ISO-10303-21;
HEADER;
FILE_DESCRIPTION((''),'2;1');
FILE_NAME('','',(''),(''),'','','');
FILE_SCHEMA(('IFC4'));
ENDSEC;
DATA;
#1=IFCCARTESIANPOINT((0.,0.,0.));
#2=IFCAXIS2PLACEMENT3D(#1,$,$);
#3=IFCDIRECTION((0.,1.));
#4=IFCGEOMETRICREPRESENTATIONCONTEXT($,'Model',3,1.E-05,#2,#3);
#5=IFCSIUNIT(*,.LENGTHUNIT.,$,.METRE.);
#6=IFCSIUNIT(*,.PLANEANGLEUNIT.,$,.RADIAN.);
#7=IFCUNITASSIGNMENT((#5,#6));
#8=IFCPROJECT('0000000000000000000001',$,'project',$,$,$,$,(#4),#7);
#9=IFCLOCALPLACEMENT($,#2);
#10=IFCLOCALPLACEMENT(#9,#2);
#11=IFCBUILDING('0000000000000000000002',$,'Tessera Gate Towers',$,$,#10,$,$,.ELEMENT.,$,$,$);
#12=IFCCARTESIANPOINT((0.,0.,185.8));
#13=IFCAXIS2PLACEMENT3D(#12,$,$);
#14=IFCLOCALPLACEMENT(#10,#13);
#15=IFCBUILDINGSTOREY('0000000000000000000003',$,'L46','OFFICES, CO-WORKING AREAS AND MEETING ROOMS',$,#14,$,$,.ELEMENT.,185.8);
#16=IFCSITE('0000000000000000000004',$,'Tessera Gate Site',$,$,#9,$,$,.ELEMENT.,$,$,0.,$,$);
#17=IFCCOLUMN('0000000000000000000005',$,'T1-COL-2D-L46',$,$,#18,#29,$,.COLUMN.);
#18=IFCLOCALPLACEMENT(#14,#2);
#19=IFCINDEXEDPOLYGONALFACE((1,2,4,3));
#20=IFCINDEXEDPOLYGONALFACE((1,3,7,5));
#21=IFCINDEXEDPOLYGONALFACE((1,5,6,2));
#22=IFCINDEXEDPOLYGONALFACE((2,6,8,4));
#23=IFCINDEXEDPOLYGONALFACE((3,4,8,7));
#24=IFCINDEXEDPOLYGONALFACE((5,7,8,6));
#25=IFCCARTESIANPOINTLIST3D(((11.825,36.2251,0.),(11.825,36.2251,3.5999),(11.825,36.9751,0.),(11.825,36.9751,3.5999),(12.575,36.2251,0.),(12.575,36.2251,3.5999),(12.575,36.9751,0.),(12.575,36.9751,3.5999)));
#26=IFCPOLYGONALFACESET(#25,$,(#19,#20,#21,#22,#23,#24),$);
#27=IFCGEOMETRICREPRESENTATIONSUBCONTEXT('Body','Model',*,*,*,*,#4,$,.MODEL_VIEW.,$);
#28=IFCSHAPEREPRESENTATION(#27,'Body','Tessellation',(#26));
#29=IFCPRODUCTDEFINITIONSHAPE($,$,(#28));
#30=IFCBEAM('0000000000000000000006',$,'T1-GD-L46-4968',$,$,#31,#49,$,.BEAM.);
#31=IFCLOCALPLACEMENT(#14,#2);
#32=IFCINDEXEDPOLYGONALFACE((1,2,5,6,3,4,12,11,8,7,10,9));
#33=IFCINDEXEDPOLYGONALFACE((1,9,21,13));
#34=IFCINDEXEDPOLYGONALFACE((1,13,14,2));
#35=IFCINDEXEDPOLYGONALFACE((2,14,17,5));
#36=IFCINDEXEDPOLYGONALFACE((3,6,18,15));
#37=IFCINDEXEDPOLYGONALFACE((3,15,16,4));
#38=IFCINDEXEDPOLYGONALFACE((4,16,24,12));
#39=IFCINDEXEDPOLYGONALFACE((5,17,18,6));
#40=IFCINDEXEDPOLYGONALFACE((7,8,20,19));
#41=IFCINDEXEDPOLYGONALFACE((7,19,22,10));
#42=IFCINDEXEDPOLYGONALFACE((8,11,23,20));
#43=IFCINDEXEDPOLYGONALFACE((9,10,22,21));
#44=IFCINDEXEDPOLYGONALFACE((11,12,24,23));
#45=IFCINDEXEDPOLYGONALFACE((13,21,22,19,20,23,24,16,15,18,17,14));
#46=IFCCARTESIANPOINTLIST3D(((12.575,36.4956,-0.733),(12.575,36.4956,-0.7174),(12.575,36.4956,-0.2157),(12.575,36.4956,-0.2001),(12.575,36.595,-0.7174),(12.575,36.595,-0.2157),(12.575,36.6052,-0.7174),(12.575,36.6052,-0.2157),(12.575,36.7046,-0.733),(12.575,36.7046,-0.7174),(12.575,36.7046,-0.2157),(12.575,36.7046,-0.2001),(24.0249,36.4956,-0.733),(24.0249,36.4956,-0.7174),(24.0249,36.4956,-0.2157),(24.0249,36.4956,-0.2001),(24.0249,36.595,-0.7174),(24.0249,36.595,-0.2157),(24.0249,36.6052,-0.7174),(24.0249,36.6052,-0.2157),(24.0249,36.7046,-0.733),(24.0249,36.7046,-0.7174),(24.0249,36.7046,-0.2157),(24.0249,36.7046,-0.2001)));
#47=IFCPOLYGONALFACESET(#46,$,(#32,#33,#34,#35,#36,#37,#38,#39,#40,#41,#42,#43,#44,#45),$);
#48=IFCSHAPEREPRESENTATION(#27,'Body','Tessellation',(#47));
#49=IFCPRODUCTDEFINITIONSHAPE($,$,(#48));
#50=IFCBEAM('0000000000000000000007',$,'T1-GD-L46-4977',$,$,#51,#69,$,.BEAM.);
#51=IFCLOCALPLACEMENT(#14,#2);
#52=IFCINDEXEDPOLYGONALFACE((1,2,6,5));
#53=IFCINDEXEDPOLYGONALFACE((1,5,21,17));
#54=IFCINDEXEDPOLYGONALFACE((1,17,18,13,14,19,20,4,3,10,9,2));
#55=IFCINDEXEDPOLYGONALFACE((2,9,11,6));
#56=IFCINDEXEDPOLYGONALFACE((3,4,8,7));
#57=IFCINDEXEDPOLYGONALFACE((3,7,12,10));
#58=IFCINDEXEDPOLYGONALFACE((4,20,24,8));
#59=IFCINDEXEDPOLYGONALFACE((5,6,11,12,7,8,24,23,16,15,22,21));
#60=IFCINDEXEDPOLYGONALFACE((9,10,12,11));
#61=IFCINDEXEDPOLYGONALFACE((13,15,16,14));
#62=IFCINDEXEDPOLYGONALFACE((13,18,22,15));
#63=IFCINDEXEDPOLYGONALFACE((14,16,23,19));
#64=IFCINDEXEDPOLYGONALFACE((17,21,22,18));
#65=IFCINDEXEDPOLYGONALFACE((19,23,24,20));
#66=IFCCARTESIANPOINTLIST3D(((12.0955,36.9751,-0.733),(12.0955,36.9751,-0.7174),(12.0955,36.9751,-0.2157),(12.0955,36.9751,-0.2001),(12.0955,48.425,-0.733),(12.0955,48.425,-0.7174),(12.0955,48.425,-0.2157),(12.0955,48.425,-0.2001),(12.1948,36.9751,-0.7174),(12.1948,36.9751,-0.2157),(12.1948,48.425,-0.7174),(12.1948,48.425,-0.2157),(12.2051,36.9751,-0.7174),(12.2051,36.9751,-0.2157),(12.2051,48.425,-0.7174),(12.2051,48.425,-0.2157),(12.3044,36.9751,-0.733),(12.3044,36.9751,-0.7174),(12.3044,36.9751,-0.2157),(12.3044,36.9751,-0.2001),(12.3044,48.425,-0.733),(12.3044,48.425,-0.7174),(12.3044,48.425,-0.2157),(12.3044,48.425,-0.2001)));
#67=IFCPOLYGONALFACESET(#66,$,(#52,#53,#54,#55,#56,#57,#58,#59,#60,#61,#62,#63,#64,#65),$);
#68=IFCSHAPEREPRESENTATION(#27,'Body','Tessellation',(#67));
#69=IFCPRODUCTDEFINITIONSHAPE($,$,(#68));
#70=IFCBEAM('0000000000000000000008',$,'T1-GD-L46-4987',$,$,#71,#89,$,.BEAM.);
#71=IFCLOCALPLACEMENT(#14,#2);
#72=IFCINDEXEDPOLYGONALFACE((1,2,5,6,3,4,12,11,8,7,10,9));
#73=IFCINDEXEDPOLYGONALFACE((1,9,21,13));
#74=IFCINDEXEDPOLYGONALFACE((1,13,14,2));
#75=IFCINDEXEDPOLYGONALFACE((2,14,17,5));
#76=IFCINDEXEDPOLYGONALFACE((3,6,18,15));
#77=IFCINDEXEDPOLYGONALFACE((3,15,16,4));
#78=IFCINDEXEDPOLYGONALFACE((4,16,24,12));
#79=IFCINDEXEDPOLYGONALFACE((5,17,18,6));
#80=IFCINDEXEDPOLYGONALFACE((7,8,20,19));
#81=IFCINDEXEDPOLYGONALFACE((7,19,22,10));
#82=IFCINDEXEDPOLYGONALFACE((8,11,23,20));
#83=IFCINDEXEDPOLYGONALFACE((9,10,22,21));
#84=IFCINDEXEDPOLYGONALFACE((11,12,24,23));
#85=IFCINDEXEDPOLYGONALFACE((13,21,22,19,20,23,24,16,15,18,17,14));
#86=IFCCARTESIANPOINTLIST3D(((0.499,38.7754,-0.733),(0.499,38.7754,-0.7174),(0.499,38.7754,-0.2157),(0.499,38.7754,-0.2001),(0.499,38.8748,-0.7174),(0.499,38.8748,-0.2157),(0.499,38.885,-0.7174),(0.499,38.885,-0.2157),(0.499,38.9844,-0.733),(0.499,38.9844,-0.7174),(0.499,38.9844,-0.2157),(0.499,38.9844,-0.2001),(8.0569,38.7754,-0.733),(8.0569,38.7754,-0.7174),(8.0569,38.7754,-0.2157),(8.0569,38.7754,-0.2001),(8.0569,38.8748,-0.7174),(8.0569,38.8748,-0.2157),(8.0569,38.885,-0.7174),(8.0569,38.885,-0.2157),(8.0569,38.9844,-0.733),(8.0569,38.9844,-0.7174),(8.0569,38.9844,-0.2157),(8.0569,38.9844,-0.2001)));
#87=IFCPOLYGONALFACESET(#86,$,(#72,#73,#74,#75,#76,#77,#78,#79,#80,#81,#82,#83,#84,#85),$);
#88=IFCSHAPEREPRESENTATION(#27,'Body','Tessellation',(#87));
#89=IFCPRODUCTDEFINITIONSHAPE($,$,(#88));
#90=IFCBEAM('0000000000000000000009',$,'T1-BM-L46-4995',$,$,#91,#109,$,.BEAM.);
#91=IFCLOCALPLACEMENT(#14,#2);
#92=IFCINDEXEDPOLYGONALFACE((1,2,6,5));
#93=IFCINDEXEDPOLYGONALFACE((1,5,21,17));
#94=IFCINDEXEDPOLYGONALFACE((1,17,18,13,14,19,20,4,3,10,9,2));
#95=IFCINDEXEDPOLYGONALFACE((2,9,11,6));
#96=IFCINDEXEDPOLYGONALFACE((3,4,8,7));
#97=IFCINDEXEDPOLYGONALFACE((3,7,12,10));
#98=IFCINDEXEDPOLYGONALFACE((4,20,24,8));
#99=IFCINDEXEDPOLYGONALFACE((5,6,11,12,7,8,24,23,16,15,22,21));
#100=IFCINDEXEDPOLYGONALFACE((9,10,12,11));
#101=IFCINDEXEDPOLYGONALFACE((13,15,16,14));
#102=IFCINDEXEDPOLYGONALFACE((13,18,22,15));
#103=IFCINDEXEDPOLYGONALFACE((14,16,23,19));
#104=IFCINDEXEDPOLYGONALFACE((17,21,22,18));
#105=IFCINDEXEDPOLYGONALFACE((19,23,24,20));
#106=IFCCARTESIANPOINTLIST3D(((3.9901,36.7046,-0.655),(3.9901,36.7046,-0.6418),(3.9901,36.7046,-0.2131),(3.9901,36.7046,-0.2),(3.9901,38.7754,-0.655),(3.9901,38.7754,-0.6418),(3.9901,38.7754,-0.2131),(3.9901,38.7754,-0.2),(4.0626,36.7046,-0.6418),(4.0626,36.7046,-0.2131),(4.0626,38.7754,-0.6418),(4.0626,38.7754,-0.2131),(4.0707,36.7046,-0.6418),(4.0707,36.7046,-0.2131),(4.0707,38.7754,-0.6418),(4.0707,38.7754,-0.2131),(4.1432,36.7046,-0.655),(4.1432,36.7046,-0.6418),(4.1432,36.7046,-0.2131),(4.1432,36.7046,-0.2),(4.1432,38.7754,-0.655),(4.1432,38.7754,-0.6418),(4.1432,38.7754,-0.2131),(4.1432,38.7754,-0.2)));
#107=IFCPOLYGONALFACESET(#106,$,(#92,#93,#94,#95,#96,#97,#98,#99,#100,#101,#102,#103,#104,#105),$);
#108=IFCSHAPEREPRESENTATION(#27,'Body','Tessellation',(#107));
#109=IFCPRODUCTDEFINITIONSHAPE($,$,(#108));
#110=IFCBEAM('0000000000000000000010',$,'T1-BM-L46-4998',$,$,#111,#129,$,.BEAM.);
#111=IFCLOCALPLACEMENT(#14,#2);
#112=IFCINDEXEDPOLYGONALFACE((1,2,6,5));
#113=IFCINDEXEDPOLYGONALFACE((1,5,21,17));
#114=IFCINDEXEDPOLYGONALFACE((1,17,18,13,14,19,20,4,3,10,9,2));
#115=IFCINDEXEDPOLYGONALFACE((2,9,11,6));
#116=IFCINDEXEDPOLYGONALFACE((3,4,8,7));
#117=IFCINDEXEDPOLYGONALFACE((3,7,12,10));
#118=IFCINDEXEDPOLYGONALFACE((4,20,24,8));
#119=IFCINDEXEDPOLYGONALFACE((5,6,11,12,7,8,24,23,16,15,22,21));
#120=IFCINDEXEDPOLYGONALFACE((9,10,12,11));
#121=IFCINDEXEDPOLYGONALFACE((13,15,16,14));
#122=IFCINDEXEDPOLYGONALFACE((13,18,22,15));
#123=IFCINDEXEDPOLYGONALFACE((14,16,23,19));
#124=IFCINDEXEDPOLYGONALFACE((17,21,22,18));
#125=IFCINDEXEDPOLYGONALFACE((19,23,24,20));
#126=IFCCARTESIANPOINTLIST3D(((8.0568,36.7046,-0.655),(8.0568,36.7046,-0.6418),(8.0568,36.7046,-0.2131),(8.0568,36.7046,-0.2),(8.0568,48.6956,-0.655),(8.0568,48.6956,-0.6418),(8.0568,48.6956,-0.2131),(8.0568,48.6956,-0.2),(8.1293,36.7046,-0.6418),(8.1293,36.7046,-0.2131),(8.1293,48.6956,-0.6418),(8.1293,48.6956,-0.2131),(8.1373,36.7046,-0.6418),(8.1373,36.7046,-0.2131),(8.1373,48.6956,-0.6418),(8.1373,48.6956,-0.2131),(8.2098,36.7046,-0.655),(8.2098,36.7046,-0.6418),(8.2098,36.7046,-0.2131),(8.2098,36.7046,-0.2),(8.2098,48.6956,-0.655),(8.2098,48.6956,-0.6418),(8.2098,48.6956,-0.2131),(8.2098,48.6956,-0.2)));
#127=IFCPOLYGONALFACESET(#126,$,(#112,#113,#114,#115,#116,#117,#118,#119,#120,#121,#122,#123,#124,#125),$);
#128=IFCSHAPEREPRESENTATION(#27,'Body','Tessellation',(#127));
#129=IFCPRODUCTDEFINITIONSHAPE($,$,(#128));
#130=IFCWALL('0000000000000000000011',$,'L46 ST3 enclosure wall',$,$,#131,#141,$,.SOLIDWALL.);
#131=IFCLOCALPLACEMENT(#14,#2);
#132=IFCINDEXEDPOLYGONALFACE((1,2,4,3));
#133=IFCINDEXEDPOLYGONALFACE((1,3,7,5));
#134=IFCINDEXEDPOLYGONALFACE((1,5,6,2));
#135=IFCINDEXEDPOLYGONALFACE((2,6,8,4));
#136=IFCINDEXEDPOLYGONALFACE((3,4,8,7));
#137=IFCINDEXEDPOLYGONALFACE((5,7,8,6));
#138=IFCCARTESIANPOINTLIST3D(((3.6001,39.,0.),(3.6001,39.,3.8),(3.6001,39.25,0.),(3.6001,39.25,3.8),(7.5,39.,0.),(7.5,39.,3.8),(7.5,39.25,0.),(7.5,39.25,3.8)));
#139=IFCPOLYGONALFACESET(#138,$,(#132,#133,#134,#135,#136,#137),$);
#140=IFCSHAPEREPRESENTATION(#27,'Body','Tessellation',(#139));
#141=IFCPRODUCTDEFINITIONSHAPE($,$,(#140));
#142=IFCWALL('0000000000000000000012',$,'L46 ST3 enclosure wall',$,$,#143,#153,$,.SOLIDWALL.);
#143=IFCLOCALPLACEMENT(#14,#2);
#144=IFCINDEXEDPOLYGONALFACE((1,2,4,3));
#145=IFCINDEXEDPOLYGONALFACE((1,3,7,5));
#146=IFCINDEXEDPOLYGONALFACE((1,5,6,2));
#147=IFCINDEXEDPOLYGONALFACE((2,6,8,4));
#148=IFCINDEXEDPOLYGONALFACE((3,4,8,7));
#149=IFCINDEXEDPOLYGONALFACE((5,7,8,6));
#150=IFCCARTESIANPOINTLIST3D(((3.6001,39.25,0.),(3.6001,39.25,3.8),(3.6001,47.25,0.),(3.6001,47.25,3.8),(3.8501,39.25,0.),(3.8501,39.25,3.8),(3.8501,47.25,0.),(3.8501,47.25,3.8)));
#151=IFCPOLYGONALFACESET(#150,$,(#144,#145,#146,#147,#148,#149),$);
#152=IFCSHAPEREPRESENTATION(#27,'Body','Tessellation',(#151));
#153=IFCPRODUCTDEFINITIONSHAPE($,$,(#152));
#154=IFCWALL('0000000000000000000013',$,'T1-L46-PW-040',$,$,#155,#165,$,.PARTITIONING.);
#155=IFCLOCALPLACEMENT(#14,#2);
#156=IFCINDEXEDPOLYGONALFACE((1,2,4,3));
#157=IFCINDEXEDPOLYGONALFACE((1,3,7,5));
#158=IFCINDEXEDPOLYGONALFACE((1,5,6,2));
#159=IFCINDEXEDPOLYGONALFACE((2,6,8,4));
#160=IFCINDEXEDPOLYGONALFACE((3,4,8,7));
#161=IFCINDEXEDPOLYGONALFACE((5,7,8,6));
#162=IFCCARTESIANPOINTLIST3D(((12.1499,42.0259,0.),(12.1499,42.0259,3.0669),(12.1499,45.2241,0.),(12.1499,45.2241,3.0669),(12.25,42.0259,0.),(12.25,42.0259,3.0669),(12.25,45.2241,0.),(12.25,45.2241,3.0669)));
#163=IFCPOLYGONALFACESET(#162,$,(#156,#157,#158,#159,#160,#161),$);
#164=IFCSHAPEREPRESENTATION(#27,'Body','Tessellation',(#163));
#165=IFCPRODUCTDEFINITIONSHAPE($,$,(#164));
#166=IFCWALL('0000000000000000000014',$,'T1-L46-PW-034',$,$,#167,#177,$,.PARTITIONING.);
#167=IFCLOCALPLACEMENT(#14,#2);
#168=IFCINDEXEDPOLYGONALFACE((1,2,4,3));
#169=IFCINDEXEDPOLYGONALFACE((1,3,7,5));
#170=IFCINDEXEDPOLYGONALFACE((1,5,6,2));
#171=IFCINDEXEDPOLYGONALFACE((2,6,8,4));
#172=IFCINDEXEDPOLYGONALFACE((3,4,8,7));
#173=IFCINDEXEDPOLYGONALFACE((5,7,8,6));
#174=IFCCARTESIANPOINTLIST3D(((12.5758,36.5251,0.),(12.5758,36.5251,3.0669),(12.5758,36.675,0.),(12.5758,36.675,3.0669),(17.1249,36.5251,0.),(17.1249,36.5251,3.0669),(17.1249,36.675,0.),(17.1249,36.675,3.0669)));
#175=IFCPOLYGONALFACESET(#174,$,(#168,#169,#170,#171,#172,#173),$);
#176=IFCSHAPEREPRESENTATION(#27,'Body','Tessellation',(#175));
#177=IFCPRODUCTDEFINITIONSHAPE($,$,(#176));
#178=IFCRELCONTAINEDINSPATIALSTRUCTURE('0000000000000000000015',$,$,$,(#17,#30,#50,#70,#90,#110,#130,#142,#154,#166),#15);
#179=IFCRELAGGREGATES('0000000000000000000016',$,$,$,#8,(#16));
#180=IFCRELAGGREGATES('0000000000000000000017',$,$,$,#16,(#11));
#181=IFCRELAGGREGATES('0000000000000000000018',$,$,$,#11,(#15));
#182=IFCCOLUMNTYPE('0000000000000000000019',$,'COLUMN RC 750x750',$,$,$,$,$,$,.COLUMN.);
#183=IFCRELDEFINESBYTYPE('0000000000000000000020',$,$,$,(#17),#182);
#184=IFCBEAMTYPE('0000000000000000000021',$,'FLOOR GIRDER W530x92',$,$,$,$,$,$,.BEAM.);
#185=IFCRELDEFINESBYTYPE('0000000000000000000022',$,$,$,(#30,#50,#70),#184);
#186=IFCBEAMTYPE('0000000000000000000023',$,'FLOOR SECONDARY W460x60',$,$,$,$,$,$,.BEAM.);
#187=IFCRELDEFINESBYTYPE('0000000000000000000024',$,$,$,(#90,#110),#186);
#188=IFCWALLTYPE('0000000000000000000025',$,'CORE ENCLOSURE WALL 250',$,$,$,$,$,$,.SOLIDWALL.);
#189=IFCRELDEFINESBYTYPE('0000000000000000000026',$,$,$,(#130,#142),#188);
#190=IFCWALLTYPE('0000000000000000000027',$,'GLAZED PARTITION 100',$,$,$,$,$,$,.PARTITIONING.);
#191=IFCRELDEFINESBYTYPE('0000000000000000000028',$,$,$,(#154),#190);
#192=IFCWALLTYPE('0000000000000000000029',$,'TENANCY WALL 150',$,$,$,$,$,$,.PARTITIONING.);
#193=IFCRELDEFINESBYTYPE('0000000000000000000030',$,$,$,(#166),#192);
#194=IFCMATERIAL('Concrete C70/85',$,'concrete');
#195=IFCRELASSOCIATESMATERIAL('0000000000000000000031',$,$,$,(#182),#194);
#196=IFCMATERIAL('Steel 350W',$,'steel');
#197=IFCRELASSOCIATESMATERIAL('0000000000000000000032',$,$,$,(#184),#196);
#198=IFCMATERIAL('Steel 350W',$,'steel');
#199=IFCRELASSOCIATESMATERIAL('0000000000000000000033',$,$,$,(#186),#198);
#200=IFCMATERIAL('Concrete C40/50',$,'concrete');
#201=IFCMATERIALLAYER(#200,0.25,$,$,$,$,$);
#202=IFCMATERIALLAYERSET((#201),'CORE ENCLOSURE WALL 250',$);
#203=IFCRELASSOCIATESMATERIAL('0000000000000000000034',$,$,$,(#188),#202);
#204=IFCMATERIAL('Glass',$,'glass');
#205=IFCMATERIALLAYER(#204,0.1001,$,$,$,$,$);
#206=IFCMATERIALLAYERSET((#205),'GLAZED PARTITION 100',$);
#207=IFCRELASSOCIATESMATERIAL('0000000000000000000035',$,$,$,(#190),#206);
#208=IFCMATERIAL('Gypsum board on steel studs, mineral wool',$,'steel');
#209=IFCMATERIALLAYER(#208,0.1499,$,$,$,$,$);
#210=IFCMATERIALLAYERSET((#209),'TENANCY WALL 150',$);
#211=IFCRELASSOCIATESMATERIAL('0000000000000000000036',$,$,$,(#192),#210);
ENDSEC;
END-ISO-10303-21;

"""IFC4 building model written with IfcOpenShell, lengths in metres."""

from ifc_helpers import new_model, si_unit, direction, frame, frame_2d, origin, origin_2d, place, context, subcontext, project, spatial, rectangle, i_section, extrude, material, layer, layer_set, material_profile, profile_set, type_object, element, save


model = new_model("IFC4")

# Units and contexts
model_context = context("Model", 3, precision=1e-05, world=origin(), true_north=direction((0.0, 1.0)))
body_context = subcontext(model_context, "Body", "Model", "MODEL_VIEW")
ifc_project = project(units=[si_unit("LENGTHUNIT", "METRE"), si_unit("PLANEANGLEUNIT", "RADIAN")], contexts=[model_context])

# Site, building, storey
site_placement = place(None, origin())
site = spatial("IfcSite", under=ifc_project, at=site_placement, Name="Tessera Gate Site", CompositionType="ELEMENT", RefElevation=0.0)
building_placement = place(site_placement, origin())
building = spatial("IfcBuilding", under=site, at=building_placement, Name="Tessera Gate Towers", CompositionType="ELEMENT")
storey_placement = place(building_placement, frame((0.0, 0.0, 185.8)))
storey = spatial("IfcBuildingStorey", under=building, at=storey_placement, Name="L46", Description="OFFICES, CO-WORKING AREAS AND MEETING ROOMS", CompositionType="ELEMENT", Elevation=185.8)

# Column
ifc_material_1 = material(Name="Concrete C70/85", Category="concrete")
ifc_material_profile_1 = material_profile(ifc_material_1, rectangle(XDim=0.75, YDim=0.75, at=origin_2d()), Name="RC 750x750")
ifc_profile_set_1 = profile_set([ifc_material_profile_1], Name="Concrete C70/85")
column_type = type_object("IfcColumnType", Name="COLUMN RC 750x750", PredefinedType="COLUMN", material=ifc_profile_set_1)
column_placement = place(storey_placement, frame((12.2, 36.6001, 0.0), z_axis=(0.0, 0.0, 1.0), x_axis=(1.0, 0.0, 0.0)))
element("IfcColumn", 1, at=column_placement, inside=storey, type_object=column_type, Name="T1-COL-2D-L46", PredefinedType="COLUMN", context=body_context, shape_type="SweptSolid", body=[
    extrude(rectangle(XDim=0.75, YDim=0.75, at=origin_2d()), origin(), (0.0, 0.0, 1.0), 3.5999),
])

# Beams
ifc_material_2 = material(Name="Steel 350W", Category="steel")
ifc_material_profile_2 = material_profile(ifc_material_2, i_section(OverallWidth=0.209, OverallDepth=0.533, WebThickness=0.0103, FlangeThickness=0.0156, at=origin_2d()), Name="W530x92")
ifc_profile_set_2 = profile_set([ifc_material_profile_2], Name="Steel 350W")
beam_type_1 = type_object("IfcBeamType", Name="FLOOR GIRDER W530x92", PredefinedType="BEAM", material=ifc_profile_set_2)
for number, where, z_axis, x_axis, name in (
    (2, (12.575, 36.6001, -0.4666), (1.0, 0.0, 0.0), (0.0, 1.0, 0.0), "T1-GD-L46-4968"),
    (3, (12.2, 36.9751, -0.4666), (0.0, 1.0, 0.0), (-1.0, 0.0, 0.0), "T1-GD-L46-4977"),
):
    element("IfcBeam", number, at=place(storey_placement, frame(where, z_axis=z_axis, x_axis=x_axis)), inside=storey, type_object=beam_type_1, Name=name, PredefinedType="BEAM", context=body_context, shape_type="SweptSolid", body=[
        extrude(i_section(OverallWidth=0.209, OverallDepth=0.533, WebThickness=0.0103, FlangeThickness=0.0156, at=origin_2d()), origin(), (0.0, 0.0, 1.0), 11.45),
    ])
beam_1_placement = place(storey_placement, frame((0.499, 38.8799, -0.4666), z_axis=(1.0, 0.0, 0.0), x_axis=(0.0, 1.0, 0.0)))
element("IfcBeam", 4, at=beam_1_placement, inside=storey, type_object=beam_type_1, Name="T1-GD-L46-4987", PredefinedType="BEAM", context=body_context, shape_type="SweptSolid", body=[
    extrude(i_section(OverallWidth=0.209, OverallDepth=0.533, WebThickness=0.0103, FlangeThickness=0.0156, at=origin_2d()), origin(), (0.0, 0.0, 1.0), 7.5579),
])
ifc_material_3 = material(Name="Steel 350W", Category="steel")
ifc_material_profile_3 = material_profile(ifc_material_3, i_section(OverallWidth=0.1531, OverallDepth=0.4551, WebThickness=0.0081, FlangeThickness=0.0132, at=origin_2d()), Name="W460x60")
ifc_profile_set_3 = profile_set([ifc_material_profile_3], Name="Steel 350W")
beam_type_2 = type_object("IfcBeamType", Name="FLOOR SECONDARY W460x60", PredefinedType="BEAM", material=ifc_profile_set_3)
beam_2_placement = place(storey_placement, frame((4.0667, 36.7046, -0.4275), z_axis=(0.0, 1.0, 0.0), x_axis=(-1.0, 0.0, 0.0)))
element("IfcBeam", 5, at=beam_2_placement, inside=storey, type_object=beam_type_2, Name="T1-BM-L46-4995", PredefinedType="BEAM", context=body_context, shape_type="SweptSolid", body=[
    extrude(i_section(OverallWidth=0.1531, OverallDepth=0.4551, WebThickness=0.0081, FlangeThickness=0.0132, at=origin_2d()), origin(), (0.0, 0.0, 1.0), 2.0708),
])
beam_3_placement = place(storey_placement, frame((8.1333, 36.7046, -0.4275), z_axis=(0.0, 1.0, 0.0), x_axis=(-1.0, 0.0, 0.0)))
element("IfcBeam", 6, at=beam_3_placement, inside=storey, type_object=beam_type_2, Name="T1-BM-L46-4998", PredefinedType="BEAM", context=body_context, shape_type="SweptSolid", body=[
    extrude(i_section(OverallWidth=0.1531, OverallDepth=0.4551, WebThickness=0.0081, FlangeThickness=0.0132, at=origin_2d()), origin(), (0.0, 0.0, 1.0), 11.991),
])

# Walls
ifc_material_4 = material(Name="Concrete C40/50", Category="concrete")
ifc_layer_1 = layer(ifc_material_4, 0.25)
ifc_layer_set_1 = layer_set([ifc_layer_1], Name="CORE ENCLOSURE WALL 250")
wall_type_1 = type_object("IfcWallType", Name="CORE ENCLOSURE WALL 250", PredefinedType="SOLIDWALL", material=ifc_layer_set_1)
wall_1_placement = place(storey_placement, frame((7.5, 39.125, 0.0), z_axis=(0.0, 0.0, 1.0), x_axis=(-1.0, 0.0, 0.0)))
element("IfcWall", 7, at=wall_1_placement, inside=storey, type_object=wall_type_1, Name="L46 ST3 enclosure wall", PredefinedType="SOLIDWALL", context=body_context, shape_type="SweptSolid", body=[
    extrude(rectangle(XDim=3.8999, YDim=0.25, at=frame_2d((1.95, 0.0))), origin(), (0.0, 0.0, 1.0), 3.8),
])
wall_2_placement = place(storey_placement, frame((3.7251, 39.25, 0.0), z_axis=(0.0, 0.0, 1.0), x_axis=(0.0, 1.0, 0.0)))
element("IfcWall", 8, at=wall_2_placement, inside=storey, type_object=wall_type_1, Name="L46 ST3 enclosure wall", PredefinedType="SOLIDWALL", context=body_context, shape_type="SweptSolid", body=[
    extrude(rectangle(XDim=8.0, YDim=0.25, at=frame_2d((4.0, 0.0))), origin(), (0.0, 0.0, 1.0), 3.8),
])
ifc_material_5 = material(Name="Glass", Category="glass")
ifc_layer_2 = layer(ifc_material_5, 0.1001)
ifc_layer_set_2 = layer_set([ifc_layer_2], Name="GLAZED PARTITION 100")
wall_type_2 = type_object("IfcWallType", Name="GLAZED PARTITION 100", PredefinedType="PARTITIONING", material=ifc_layer_set_2)
wall_3_placement = place(storey_placement, frame((12.2, 42.0259, 0.0), z_axis=(0.0, 0.0, 1.0), x_axis=(0.0, 1.0, 0.0)))
element("IfcWall", 9, at=wall_3_placement, inside=storey, type_object=wall_type_2, Name="T1-L46-PW-040", PredefinedType="PARTITIONING", context=body_context, shape_type="SweptSolid", body=[
    extrude(rectangle(XDim=3.1982, YDim=0.1001, at=frame_2d((1.5991, 0.0))), origin(), (0.0, 0.0, 1.0), 3.0669),
])
ifc_material_6 = material(Name="Gypsum board on steel studs, mineral wool", Category="steel")
ifc_layer_3 = layer(ifc_material_6, 0.1499)
ifc_layer_set_3 = layer_set([ifc_layer_3], Name="TENANCY WALL 150")
wall_type_3 = type_object("IfcWallType", Name="TENANCY WALL 150", PredefinedType="PARTITIONING", material=ifc_layer_set_3)
wall_4_placement = place(storey_placement, frame((12.5759, 36.6001, 0.0), z_axis=(0.0, 0.0, 1.0), x_axis=(1.0, 0.0, 0.0)))
element("IfcWall", 10, at=wall_4_placement, inside=storey, type_object=wall_type_3, Name="T1-L46-PW-034", PredefinedType="PARTITIONING", context=body_context, shape_type="SweptSolid", body=[
    extrude(rectangle(XDim=4.5491, YDim=0.1499, at=frame_2d((2.2744, 0.0))), origin(), (0.0, 0.0, 1.0), 3.0669),
])

save(model, "model.ifc")
